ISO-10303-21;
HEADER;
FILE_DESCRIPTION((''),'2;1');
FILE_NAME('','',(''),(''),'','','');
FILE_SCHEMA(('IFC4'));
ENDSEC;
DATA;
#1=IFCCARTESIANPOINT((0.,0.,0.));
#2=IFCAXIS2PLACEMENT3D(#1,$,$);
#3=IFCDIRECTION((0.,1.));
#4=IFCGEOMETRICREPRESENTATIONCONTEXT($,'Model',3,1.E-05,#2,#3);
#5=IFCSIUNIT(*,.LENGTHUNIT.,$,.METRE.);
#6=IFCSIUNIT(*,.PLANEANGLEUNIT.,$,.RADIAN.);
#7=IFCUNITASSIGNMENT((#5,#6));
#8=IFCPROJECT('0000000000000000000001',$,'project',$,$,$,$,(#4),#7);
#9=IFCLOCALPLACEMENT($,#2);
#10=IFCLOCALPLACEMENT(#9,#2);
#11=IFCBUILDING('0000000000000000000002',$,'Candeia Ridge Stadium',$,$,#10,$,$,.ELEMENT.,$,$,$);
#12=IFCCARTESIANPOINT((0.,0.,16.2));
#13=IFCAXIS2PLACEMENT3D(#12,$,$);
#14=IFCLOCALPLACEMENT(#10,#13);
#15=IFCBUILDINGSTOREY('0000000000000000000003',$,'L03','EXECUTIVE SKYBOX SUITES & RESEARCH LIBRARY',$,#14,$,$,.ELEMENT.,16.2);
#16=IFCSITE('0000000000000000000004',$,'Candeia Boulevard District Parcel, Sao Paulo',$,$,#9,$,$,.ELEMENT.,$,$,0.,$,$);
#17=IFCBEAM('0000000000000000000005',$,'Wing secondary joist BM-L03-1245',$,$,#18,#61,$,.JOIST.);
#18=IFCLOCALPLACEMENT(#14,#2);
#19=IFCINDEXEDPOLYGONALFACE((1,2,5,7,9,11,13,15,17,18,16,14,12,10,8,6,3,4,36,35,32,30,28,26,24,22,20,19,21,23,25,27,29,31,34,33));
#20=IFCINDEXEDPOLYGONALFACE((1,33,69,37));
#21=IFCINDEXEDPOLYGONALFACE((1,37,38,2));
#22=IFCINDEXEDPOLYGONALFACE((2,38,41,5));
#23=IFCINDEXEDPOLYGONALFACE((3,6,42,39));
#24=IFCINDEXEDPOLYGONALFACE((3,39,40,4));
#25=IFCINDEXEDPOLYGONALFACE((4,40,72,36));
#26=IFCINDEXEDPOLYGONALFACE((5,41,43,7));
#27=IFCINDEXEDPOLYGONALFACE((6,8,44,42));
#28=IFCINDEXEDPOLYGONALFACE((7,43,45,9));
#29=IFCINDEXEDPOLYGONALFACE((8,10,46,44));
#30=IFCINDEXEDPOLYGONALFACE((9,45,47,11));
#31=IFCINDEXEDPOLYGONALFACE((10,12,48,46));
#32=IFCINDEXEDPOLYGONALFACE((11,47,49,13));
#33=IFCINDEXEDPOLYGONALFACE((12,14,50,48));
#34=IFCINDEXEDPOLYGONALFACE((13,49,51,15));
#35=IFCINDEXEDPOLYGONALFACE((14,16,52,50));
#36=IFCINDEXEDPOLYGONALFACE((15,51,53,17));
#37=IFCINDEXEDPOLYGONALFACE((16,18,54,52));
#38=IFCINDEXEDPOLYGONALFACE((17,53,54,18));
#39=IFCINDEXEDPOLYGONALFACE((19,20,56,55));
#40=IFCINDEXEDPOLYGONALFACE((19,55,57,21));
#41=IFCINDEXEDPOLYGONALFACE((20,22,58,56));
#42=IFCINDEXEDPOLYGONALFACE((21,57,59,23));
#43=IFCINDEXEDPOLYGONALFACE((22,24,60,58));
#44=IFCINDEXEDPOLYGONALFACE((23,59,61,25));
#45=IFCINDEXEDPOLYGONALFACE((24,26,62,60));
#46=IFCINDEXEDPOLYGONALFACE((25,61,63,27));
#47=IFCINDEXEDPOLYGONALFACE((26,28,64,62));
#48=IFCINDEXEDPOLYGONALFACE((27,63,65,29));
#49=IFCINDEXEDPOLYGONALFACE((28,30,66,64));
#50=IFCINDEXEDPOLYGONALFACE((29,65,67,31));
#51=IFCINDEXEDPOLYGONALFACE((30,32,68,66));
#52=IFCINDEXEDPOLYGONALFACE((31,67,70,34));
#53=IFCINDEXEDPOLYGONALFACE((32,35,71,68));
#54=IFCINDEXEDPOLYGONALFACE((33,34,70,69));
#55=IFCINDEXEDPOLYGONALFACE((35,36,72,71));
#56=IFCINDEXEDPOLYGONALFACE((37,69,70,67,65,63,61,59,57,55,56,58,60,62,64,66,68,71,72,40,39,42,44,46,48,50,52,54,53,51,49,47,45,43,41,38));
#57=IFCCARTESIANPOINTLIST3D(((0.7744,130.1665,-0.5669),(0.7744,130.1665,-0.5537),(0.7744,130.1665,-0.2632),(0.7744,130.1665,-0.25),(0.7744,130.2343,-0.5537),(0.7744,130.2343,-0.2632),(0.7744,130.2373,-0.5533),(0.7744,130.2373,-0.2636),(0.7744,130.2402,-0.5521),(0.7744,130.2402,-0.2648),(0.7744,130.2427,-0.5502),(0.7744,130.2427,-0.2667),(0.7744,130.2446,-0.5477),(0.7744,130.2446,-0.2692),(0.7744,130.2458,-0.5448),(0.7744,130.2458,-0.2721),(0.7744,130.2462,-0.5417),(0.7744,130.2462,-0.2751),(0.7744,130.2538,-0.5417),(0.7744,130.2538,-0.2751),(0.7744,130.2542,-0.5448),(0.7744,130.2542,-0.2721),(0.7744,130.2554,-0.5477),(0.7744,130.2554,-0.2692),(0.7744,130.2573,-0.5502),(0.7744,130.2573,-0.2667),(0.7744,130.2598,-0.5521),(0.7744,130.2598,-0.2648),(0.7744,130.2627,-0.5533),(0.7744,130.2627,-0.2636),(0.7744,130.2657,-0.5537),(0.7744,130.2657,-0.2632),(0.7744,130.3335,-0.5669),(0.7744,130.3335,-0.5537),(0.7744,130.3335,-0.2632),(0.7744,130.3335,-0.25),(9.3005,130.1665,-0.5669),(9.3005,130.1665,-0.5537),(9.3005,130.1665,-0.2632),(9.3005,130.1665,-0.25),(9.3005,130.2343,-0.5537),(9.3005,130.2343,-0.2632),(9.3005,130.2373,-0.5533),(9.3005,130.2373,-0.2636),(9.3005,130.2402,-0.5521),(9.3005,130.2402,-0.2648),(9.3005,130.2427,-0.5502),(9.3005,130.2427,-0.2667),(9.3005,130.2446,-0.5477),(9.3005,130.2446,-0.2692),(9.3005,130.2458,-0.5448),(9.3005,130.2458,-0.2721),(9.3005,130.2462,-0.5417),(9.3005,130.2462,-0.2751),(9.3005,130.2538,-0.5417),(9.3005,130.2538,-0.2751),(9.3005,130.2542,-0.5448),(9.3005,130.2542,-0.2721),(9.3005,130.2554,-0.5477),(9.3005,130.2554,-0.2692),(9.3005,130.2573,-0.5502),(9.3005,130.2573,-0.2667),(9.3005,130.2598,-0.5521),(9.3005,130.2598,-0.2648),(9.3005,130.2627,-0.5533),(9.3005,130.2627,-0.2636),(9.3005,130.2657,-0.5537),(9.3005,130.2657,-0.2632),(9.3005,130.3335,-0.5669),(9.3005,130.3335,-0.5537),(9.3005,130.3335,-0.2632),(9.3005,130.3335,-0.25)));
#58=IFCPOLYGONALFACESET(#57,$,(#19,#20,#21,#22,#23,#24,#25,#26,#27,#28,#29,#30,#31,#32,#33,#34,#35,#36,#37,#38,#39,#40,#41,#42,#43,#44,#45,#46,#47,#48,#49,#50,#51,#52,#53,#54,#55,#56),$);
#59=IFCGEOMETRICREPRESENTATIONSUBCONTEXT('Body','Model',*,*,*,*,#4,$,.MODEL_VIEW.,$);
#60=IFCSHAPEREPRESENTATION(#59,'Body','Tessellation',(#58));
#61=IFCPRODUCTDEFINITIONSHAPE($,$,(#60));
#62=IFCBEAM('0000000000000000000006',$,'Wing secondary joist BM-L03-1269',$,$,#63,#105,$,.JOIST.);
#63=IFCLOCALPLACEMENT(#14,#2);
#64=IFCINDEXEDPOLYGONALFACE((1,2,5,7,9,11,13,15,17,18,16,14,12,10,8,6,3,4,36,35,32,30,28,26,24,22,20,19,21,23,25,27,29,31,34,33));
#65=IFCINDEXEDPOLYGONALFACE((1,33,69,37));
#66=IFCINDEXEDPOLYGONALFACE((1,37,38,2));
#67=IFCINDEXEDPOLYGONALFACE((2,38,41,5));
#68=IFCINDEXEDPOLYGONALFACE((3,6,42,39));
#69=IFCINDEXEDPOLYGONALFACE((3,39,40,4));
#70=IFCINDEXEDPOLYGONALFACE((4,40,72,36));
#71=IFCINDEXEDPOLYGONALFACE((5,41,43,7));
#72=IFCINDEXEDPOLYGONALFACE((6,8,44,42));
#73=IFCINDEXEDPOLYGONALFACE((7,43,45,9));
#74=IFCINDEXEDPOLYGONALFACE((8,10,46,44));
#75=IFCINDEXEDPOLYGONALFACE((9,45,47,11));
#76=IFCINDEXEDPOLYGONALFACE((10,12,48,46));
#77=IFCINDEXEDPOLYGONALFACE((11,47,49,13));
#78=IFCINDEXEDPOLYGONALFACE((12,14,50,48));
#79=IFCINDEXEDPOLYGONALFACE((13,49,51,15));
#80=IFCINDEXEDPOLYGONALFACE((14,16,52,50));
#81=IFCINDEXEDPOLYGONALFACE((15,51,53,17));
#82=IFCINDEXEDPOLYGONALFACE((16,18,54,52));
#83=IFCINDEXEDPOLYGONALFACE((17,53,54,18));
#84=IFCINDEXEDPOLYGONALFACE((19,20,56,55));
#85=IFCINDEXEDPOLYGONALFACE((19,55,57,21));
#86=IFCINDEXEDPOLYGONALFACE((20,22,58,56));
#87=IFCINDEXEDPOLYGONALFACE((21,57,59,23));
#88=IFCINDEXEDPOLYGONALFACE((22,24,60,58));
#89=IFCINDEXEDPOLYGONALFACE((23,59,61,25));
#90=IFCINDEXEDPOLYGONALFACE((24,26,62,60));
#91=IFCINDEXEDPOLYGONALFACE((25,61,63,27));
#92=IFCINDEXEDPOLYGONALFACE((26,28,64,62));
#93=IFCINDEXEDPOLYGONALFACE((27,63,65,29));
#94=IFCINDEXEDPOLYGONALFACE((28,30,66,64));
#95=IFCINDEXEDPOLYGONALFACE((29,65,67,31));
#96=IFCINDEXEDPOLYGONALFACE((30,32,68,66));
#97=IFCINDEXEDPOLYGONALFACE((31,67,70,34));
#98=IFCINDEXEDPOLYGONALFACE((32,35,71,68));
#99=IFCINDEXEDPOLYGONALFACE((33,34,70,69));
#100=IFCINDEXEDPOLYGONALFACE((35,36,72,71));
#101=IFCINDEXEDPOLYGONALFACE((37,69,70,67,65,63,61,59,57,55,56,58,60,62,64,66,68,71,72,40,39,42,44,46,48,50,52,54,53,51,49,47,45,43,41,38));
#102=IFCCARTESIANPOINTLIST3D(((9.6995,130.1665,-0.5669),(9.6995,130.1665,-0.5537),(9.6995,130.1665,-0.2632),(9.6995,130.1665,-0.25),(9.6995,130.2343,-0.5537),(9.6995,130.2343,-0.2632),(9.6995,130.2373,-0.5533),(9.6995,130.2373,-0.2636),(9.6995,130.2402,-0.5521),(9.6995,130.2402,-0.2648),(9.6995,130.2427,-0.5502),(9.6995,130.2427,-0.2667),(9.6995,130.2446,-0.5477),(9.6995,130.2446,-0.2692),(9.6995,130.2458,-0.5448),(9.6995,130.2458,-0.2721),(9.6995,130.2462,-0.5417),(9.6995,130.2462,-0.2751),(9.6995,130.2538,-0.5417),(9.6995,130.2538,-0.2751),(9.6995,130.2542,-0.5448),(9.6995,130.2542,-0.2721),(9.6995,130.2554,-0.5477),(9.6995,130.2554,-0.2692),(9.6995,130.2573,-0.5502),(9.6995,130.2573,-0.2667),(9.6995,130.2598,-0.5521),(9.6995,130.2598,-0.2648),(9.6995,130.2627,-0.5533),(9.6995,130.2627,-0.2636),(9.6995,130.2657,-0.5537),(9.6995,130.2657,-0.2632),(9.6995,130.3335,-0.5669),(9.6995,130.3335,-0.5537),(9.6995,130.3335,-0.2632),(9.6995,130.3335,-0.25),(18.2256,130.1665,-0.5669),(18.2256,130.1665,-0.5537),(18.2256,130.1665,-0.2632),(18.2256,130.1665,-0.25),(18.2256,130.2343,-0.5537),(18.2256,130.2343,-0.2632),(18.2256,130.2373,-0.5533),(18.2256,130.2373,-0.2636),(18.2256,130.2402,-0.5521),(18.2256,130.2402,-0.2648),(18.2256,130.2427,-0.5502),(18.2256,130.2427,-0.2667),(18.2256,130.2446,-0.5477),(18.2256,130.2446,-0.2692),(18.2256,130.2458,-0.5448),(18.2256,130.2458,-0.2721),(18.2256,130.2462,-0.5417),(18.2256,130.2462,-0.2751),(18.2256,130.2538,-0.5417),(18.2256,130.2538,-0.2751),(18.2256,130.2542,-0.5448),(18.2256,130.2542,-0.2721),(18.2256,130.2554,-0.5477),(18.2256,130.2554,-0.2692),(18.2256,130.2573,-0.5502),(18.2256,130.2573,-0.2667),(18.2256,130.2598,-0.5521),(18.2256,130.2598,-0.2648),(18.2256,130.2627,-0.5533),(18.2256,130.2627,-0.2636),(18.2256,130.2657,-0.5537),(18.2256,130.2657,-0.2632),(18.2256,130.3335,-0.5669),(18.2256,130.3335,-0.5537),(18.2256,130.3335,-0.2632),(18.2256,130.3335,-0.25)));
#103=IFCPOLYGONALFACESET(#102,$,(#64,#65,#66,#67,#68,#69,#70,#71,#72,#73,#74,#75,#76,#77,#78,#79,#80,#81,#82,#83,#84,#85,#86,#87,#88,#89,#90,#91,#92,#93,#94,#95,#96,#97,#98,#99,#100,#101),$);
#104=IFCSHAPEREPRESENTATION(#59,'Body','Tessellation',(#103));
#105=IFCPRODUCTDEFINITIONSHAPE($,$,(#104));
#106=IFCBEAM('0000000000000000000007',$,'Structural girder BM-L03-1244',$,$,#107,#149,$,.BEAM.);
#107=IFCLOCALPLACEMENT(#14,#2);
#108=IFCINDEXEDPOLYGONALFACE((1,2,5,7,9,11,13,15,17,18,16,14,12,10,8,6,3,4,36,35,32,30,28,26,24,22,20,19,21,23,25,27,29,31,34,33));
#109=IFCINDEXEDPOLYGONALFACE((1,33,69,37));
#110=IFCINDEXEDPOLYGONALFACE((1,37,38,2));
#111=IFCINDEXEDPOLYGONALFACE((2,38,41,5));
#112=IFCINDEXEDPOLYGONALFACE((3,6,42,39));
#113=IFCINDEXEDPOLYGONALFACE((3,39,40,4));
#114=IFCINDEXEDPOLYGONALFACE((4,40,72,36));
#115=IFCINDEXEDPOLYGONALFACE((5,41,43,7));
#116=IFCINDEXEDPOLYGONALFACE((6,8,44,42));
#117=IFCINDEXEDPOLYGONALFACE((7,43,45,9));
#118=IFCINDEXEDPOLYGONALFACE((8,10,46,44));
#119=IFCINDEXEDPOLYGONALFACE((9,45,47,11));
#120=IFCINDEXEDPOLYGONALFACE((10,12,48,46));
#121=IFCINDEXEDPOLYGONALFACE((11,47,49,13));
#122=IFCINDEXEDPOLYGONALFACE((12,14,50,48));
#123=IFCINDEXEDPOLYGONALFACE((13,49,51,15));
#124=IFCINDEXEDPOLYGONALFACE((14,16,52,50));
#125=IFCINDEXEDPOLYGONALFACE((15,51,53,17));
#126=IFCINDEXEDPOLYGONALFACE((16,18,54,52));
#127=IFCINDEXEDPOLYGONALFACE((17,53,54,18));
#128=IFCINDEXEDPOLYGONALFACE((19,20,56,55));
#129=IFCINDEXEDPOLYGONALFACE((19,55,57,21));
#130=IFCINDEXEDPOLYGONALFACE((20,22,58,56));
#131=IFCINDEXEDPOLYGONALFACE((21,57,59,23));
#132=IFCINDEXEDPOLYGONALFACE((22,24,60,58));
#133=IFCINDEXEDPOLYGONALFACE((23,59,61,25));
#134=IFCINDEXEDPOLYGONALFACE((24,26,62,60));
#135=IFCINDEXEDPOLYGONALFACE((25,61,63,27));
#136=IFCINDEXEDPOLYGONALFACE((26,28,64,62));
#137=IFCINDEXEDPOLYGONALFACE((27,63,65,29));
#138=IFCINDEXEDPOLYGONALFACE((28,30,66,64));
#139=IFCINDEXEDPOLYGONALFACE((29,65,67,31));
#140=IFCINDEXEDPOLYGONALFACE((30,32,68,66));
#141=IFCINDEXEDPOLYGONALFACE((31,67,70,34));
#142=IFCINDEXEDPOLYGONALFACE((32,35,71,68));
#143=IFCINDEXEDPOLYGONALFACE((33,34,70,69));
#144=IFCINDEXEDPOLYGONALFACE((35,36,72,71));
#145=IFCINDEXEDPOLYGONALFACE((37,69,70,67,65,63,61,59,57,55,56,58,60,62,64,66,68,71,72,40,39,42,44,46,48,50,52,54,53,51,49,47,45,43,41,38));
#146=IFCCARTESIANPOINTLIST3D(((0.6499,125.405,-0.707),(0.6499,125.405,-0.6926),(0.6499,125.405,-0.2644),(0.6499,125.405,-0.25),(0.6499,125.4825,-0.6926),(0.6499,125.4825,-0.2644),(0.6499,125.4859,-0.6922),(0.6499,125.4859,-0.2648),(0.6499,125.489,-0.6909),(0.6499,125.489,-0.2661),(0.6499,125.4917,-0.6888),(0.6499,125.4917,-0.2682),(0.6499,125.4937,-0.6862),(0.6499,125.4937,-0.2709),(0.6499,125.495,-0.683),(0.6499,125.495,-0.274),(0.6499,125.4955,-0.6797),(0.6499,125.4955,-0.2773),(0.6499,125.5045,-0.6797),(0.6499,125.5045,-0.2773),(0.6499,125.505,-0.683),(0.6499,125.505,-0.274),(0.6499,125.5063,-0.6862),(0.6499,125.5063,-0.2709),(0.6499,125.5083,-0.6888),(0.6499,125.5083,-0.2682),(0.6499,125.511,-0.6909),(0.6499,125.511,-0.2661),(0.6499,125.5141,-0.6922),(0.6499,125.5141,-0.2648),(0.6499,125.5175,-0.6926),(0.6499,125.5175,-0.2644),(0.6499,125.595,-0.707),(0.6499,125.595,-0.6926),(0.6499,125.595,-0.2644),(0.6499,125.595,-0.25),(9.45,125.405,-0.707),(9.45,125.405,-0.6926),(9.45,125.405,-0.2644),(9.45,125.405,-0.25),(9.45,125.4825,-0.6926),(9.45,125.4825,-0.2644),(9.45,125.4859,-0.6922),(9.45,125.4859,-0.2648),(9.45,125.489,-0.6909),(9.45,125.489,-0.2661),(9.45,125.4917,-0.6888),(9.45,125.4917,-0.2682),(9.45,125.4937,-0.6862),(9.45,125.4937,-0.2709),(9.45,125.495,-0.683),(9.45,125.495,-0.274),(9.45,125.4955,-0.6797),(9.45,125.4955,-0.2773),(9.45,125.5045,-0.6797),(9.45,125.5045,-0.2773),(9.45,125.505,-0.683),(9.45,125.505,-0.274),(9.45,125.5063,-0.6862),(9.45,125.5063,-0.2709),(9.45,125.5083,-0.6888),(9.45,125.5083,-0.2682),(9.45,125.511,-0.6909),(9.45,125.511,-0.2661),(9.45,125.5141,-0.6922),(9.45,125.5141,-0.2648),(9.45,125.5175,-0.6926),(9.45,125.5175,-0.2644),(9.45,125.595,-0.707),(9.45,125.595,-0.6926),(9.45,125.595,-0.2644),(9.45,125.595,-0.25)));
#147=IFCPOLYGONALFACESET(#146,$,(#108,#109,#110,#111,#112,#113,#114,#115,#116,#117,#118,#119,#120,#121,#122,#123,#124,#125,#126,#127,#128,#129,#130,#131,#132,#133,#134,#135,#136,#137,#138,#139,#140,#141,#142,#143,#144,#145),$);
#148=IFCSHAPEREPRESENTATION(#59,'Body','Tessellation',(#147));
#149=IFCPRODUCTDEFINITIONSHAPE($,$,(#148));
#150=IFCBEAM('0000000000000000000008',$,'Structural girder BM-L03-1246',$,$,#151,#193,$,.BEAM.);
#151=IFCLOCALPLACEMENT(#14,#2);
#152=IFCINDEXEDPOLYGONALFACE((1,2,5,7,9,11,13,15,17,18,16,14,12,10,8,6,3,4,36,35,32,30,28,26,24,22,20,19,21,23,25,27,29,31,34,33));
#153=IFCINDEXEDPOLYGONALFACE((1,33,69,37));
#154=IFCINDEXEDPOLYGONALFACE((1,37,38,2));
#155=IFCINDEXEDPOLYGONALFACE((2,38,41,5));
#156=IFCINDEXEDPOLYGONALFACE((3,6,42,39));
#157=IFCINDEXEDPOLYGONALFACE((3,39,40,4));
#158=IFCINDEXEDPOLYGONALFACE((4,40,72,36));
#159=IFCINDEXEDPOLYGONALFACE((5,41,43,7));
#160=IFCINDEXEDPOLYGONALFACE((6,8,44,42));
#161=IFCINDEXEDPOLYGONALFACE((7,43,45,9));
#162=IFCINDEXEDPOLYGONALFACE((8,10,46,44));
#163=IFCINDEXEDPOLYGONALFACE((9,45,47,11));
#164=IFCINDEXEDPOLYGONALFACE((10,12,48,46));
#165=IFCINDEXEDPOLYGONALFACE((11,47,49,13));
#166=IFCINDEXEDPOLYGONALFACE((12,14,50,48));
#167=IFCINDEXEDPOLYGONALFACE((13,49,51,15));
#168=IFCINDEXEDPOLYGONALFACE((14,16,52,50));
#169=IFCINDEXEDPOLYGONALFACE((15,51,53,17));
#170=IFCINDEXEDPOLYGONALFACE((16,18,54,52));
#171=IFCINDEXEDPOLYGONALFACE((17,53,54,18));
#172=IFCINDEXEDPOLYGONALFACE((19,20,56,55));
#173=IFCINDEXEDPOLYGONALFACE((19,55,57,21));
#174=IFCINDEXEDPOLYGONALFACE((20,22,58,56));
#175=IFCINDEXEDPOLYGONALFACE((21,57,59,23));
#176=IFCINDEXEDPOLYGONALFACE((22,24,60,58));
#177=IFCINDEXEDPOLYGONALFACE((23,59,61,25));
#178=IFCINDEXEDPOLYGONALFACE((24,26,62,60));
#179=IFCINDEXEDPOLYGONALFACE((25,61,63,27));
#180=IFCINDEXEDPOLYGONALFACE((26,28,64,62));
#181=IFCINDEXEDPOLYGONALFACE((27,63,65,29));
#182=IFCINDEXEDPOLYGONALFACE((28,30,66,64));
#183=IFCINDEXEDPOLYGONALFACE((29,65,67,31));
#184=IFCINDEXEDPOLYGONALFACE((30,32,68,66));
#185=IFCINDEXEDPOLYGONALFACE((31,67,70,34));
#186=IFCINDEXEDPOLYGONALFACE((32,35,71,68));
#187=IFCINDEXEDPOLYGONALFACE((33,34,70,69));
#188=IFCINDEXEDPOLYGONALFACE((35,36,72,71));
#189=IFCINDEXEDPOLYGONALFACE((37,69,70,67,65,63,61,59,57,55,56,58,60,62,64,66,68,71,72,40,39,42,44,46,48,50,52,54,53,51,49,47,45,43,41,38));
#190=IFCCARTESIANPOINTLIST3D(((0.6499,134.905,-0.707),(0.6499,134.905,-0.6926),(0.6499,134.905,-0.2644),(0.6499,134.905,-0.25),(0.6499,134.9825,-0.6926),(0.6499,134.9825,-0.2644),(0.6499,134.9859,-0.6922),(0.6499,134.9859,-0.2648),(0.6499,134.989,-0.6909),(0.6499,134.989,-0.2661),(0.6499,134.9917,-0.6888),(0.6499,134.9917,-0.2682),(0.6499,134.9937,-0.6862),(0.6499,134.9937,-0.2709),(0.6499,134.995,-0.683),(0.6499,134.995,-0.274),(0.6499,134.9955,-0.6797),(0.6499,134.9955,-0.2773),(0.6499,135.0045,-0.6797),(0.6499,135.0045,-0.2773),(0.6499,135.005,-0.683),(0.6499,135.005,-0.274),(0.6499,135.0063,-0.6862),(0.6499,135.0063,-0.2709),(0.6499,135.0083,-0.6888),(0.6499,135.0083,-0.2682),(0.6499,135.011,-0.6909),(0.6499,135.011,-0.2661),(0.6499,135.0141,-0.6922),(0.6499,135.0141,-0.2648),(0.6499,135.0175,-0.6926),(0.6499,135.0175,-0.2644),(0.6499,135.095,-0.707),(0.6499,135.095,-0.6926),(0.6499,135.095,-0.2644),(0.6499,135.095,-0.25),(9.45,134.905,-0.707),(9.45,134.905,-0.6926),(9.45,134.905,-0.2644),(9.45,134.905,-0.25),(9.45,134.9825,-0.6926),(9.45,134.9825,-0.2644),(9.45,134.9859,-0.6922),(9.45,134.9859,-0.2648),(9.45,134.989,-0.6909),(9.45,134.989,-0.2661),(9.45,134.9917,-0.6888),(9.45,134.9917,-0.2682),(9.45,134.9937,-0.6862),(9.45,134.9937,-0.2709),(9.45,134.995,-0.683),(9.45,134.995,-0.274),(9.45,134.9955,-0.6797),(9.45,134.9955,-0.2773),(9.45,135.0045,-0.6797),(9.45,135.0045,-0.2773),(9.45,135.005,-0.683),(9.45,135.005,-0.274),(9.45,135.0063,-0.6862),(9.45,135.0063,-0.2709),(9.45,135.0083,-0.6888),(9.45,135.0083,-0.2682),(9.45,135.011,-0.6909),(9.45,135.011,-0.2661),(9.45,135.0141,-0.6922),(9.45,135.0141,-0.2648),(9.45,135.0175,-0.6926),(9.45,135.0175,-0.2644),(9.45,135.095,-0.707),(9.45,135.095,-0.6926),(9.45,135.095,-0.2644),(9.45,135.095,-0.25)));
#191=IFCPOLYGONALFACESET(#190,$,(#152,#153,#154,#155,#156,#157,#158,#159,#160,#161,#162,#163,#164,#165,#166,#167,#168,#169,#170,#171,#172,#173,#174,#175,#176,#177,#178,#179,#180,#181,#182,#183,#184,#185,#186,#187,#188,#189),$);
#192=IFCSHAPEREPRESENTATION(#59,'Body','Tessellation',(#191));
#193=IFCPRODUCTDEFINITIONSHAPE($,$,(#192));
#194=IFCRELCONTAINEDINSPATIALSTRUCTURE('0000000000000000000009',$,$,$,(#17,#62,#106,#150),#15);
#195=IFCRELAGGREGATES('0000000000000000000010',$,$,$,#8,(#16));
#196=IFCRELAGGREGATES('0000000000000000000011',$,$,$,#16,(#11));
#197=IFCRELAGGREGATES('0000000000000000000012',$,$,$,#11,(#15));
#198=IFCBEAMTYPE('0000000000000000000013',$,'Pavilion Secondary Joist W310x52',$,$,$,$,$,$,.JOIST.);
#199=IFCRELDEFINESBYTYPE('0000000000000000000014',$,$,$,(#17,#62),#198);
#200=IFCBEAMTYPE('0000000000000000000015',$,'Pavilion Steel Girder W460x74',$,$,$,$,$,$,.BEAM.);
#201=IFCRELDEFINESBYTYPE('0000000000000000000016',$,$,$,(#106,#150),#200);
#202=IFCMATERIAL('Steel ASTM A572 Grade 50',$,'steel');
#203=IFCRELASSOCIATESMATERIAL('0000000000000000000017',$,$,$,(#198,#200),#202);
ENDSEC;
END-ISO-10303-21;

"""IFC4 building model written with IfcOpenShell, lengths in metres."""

from ifc_helpers import new_model, si_unit, direction, frame, origin, origin_2d, place, context, subcontext, project, spatial, i_section, extrude, material, material_profile, profile_set, type_object, element, save


model = new_model("IFC4")

# Units and contexts
model_context = context("Model", 3, precision=1e-05, world=origin(), true_north=direction((0.0, 1.0)))
body_context = subcontext(model_context, "Body", "Model", "MODEL_VIEW")
ifc_project = project(units=[si_unit("LENGTHUNIT", "METRE"), si_unit("PLANEANGLEUNIT", "RADIAN")], contexts=[model_context])

# Site, building, storey
site_placement = place(None, origin())
site = spatial("IfcSite", under=ifc_project, at=site_placement, Name="Candeia Boulevard District Parcel, Sao Paulo", CompositionType="ELEMENT", RefElevation=0.0)
building_placement = place(site_placement, origin())
building = spatial("IfcBuilding", under=site, at=building_placement, Name="Candeia Ridge Stadium", CompositionType="ELEMENT")
storey_placement = place(building_placement, frame((0.0, 0.0, 16.2)))
storey = spatial("IfcBuildingStorey", under=building, at=storey_placement, Name="L03", Description="EXECUTIVE SKYBOX SUITES & RESEARCH LIBRARY", CompositionType="ELEMENT", Elevation=16.2)

# Beams
ifc_material_1 = material(Name="Steel ASTM A572 Grade 50", Category="steel")
ifc_material_profile_1 = material_profile(ifc_material_1, i_section(OverallWidth=0.167, OverallDepth=0.3169, WebThickness=0.0076, FlangeThickness=0.0132, FilletRadius=0.012, at=origin_2d()), Name="W310x52", Category="steel")
ifc_profile_set_1 = profile_set([ifc_material_profile_1], Name="Steel ASTM A572 Grade 50")
beam_type_1 = type_object("IfcBeamType", Name="Pavilion Secondary Joist W310x52", PredefinedType="JOIST", material=ifc_profile_set_1)
for number, where, z_axis, x_axis, name in (
    (1, (0.7744, 130.25, -0.4084), (1.0, 0.0, 0.0), (0.0, 1.0, 0.0), "Wing secondary joist BM-L03-1245"),
    (2, (9.6995, 130.25, -0.4084), (1.0, 0.0, 0.0), (0.0, 1.0, 0.0), "Wing secondary joist BM-L03-1269"),
):
    element("IfcBeam", number, at=place(storey_placement, frame(where, z_axis=z_axis, x_axis=x_axis)), inside=storey, type_object=beam_type_1, Name=name, PredefinedType="JOIST", context=body_context, shape_type="SweptSolid", body=[
        extrude(i_section(OverallWidth=0.167, OverallDepth=0.3169, WebThickness=0.0076, FlangeThickness=0.0132, FilletRadius=0.012, at=origin_2d()), origin(), (0.0, 0.0, 1.0), 8.5261),
    ])
ifc_material_profile_2 = material_profile(ifc_material_1, i_section(OverallWidth=0.1899, OverallDepth=0.457, WebThickness=0.009, FlangeThickness=0.0144, FilletRadius=0.0129, at=origin_2d()), Name="W460x74", Category="steel")
ifc_profile_set_2 = profile_set([ifc_material_profile_2], Name="Steel ASTM A572 Grade 50")
beam_type_2 = type_object("IfcBeamType", Name="Pavilion Steel Girder W460x74", PredefinedType="BEAM", material=ifc_profile_set_2)
for number, where, z_axis, x_axis, name in (
    (3, (0.6499, 125.5, -0.4785), (1.0, 0.0, 0.0), (0.0, 1.0, 0.0), "Structural girder BM-L03-1244"),
    (4, (0.6499, 135.0, -0.4785), (1.0, 0.0, 0.0), (0.0, 1.0, 0.0), "Structural girder BM-L03-1246"),
):
    element("IfcBeam", number, at=place(storey_placement, frame(where, z_axis=z_axis, x_axis=x_axis)), inside=storey, type_object=beam_type_2, Name=name, PredefinedType="BEAM", context=body_context, shape_type="SweptSolid", body=[
        extrude(i_section(OverallWidth=0.1899, OverallDepth=0.457, WebThickness=0.009, FlangeThickness=0.0144, FilletRadius=0.0129, at=origin_2d()), origin(), (0.0, 0.0, 1.0), 8.8),
    ])

save(model, "model.ifc")
